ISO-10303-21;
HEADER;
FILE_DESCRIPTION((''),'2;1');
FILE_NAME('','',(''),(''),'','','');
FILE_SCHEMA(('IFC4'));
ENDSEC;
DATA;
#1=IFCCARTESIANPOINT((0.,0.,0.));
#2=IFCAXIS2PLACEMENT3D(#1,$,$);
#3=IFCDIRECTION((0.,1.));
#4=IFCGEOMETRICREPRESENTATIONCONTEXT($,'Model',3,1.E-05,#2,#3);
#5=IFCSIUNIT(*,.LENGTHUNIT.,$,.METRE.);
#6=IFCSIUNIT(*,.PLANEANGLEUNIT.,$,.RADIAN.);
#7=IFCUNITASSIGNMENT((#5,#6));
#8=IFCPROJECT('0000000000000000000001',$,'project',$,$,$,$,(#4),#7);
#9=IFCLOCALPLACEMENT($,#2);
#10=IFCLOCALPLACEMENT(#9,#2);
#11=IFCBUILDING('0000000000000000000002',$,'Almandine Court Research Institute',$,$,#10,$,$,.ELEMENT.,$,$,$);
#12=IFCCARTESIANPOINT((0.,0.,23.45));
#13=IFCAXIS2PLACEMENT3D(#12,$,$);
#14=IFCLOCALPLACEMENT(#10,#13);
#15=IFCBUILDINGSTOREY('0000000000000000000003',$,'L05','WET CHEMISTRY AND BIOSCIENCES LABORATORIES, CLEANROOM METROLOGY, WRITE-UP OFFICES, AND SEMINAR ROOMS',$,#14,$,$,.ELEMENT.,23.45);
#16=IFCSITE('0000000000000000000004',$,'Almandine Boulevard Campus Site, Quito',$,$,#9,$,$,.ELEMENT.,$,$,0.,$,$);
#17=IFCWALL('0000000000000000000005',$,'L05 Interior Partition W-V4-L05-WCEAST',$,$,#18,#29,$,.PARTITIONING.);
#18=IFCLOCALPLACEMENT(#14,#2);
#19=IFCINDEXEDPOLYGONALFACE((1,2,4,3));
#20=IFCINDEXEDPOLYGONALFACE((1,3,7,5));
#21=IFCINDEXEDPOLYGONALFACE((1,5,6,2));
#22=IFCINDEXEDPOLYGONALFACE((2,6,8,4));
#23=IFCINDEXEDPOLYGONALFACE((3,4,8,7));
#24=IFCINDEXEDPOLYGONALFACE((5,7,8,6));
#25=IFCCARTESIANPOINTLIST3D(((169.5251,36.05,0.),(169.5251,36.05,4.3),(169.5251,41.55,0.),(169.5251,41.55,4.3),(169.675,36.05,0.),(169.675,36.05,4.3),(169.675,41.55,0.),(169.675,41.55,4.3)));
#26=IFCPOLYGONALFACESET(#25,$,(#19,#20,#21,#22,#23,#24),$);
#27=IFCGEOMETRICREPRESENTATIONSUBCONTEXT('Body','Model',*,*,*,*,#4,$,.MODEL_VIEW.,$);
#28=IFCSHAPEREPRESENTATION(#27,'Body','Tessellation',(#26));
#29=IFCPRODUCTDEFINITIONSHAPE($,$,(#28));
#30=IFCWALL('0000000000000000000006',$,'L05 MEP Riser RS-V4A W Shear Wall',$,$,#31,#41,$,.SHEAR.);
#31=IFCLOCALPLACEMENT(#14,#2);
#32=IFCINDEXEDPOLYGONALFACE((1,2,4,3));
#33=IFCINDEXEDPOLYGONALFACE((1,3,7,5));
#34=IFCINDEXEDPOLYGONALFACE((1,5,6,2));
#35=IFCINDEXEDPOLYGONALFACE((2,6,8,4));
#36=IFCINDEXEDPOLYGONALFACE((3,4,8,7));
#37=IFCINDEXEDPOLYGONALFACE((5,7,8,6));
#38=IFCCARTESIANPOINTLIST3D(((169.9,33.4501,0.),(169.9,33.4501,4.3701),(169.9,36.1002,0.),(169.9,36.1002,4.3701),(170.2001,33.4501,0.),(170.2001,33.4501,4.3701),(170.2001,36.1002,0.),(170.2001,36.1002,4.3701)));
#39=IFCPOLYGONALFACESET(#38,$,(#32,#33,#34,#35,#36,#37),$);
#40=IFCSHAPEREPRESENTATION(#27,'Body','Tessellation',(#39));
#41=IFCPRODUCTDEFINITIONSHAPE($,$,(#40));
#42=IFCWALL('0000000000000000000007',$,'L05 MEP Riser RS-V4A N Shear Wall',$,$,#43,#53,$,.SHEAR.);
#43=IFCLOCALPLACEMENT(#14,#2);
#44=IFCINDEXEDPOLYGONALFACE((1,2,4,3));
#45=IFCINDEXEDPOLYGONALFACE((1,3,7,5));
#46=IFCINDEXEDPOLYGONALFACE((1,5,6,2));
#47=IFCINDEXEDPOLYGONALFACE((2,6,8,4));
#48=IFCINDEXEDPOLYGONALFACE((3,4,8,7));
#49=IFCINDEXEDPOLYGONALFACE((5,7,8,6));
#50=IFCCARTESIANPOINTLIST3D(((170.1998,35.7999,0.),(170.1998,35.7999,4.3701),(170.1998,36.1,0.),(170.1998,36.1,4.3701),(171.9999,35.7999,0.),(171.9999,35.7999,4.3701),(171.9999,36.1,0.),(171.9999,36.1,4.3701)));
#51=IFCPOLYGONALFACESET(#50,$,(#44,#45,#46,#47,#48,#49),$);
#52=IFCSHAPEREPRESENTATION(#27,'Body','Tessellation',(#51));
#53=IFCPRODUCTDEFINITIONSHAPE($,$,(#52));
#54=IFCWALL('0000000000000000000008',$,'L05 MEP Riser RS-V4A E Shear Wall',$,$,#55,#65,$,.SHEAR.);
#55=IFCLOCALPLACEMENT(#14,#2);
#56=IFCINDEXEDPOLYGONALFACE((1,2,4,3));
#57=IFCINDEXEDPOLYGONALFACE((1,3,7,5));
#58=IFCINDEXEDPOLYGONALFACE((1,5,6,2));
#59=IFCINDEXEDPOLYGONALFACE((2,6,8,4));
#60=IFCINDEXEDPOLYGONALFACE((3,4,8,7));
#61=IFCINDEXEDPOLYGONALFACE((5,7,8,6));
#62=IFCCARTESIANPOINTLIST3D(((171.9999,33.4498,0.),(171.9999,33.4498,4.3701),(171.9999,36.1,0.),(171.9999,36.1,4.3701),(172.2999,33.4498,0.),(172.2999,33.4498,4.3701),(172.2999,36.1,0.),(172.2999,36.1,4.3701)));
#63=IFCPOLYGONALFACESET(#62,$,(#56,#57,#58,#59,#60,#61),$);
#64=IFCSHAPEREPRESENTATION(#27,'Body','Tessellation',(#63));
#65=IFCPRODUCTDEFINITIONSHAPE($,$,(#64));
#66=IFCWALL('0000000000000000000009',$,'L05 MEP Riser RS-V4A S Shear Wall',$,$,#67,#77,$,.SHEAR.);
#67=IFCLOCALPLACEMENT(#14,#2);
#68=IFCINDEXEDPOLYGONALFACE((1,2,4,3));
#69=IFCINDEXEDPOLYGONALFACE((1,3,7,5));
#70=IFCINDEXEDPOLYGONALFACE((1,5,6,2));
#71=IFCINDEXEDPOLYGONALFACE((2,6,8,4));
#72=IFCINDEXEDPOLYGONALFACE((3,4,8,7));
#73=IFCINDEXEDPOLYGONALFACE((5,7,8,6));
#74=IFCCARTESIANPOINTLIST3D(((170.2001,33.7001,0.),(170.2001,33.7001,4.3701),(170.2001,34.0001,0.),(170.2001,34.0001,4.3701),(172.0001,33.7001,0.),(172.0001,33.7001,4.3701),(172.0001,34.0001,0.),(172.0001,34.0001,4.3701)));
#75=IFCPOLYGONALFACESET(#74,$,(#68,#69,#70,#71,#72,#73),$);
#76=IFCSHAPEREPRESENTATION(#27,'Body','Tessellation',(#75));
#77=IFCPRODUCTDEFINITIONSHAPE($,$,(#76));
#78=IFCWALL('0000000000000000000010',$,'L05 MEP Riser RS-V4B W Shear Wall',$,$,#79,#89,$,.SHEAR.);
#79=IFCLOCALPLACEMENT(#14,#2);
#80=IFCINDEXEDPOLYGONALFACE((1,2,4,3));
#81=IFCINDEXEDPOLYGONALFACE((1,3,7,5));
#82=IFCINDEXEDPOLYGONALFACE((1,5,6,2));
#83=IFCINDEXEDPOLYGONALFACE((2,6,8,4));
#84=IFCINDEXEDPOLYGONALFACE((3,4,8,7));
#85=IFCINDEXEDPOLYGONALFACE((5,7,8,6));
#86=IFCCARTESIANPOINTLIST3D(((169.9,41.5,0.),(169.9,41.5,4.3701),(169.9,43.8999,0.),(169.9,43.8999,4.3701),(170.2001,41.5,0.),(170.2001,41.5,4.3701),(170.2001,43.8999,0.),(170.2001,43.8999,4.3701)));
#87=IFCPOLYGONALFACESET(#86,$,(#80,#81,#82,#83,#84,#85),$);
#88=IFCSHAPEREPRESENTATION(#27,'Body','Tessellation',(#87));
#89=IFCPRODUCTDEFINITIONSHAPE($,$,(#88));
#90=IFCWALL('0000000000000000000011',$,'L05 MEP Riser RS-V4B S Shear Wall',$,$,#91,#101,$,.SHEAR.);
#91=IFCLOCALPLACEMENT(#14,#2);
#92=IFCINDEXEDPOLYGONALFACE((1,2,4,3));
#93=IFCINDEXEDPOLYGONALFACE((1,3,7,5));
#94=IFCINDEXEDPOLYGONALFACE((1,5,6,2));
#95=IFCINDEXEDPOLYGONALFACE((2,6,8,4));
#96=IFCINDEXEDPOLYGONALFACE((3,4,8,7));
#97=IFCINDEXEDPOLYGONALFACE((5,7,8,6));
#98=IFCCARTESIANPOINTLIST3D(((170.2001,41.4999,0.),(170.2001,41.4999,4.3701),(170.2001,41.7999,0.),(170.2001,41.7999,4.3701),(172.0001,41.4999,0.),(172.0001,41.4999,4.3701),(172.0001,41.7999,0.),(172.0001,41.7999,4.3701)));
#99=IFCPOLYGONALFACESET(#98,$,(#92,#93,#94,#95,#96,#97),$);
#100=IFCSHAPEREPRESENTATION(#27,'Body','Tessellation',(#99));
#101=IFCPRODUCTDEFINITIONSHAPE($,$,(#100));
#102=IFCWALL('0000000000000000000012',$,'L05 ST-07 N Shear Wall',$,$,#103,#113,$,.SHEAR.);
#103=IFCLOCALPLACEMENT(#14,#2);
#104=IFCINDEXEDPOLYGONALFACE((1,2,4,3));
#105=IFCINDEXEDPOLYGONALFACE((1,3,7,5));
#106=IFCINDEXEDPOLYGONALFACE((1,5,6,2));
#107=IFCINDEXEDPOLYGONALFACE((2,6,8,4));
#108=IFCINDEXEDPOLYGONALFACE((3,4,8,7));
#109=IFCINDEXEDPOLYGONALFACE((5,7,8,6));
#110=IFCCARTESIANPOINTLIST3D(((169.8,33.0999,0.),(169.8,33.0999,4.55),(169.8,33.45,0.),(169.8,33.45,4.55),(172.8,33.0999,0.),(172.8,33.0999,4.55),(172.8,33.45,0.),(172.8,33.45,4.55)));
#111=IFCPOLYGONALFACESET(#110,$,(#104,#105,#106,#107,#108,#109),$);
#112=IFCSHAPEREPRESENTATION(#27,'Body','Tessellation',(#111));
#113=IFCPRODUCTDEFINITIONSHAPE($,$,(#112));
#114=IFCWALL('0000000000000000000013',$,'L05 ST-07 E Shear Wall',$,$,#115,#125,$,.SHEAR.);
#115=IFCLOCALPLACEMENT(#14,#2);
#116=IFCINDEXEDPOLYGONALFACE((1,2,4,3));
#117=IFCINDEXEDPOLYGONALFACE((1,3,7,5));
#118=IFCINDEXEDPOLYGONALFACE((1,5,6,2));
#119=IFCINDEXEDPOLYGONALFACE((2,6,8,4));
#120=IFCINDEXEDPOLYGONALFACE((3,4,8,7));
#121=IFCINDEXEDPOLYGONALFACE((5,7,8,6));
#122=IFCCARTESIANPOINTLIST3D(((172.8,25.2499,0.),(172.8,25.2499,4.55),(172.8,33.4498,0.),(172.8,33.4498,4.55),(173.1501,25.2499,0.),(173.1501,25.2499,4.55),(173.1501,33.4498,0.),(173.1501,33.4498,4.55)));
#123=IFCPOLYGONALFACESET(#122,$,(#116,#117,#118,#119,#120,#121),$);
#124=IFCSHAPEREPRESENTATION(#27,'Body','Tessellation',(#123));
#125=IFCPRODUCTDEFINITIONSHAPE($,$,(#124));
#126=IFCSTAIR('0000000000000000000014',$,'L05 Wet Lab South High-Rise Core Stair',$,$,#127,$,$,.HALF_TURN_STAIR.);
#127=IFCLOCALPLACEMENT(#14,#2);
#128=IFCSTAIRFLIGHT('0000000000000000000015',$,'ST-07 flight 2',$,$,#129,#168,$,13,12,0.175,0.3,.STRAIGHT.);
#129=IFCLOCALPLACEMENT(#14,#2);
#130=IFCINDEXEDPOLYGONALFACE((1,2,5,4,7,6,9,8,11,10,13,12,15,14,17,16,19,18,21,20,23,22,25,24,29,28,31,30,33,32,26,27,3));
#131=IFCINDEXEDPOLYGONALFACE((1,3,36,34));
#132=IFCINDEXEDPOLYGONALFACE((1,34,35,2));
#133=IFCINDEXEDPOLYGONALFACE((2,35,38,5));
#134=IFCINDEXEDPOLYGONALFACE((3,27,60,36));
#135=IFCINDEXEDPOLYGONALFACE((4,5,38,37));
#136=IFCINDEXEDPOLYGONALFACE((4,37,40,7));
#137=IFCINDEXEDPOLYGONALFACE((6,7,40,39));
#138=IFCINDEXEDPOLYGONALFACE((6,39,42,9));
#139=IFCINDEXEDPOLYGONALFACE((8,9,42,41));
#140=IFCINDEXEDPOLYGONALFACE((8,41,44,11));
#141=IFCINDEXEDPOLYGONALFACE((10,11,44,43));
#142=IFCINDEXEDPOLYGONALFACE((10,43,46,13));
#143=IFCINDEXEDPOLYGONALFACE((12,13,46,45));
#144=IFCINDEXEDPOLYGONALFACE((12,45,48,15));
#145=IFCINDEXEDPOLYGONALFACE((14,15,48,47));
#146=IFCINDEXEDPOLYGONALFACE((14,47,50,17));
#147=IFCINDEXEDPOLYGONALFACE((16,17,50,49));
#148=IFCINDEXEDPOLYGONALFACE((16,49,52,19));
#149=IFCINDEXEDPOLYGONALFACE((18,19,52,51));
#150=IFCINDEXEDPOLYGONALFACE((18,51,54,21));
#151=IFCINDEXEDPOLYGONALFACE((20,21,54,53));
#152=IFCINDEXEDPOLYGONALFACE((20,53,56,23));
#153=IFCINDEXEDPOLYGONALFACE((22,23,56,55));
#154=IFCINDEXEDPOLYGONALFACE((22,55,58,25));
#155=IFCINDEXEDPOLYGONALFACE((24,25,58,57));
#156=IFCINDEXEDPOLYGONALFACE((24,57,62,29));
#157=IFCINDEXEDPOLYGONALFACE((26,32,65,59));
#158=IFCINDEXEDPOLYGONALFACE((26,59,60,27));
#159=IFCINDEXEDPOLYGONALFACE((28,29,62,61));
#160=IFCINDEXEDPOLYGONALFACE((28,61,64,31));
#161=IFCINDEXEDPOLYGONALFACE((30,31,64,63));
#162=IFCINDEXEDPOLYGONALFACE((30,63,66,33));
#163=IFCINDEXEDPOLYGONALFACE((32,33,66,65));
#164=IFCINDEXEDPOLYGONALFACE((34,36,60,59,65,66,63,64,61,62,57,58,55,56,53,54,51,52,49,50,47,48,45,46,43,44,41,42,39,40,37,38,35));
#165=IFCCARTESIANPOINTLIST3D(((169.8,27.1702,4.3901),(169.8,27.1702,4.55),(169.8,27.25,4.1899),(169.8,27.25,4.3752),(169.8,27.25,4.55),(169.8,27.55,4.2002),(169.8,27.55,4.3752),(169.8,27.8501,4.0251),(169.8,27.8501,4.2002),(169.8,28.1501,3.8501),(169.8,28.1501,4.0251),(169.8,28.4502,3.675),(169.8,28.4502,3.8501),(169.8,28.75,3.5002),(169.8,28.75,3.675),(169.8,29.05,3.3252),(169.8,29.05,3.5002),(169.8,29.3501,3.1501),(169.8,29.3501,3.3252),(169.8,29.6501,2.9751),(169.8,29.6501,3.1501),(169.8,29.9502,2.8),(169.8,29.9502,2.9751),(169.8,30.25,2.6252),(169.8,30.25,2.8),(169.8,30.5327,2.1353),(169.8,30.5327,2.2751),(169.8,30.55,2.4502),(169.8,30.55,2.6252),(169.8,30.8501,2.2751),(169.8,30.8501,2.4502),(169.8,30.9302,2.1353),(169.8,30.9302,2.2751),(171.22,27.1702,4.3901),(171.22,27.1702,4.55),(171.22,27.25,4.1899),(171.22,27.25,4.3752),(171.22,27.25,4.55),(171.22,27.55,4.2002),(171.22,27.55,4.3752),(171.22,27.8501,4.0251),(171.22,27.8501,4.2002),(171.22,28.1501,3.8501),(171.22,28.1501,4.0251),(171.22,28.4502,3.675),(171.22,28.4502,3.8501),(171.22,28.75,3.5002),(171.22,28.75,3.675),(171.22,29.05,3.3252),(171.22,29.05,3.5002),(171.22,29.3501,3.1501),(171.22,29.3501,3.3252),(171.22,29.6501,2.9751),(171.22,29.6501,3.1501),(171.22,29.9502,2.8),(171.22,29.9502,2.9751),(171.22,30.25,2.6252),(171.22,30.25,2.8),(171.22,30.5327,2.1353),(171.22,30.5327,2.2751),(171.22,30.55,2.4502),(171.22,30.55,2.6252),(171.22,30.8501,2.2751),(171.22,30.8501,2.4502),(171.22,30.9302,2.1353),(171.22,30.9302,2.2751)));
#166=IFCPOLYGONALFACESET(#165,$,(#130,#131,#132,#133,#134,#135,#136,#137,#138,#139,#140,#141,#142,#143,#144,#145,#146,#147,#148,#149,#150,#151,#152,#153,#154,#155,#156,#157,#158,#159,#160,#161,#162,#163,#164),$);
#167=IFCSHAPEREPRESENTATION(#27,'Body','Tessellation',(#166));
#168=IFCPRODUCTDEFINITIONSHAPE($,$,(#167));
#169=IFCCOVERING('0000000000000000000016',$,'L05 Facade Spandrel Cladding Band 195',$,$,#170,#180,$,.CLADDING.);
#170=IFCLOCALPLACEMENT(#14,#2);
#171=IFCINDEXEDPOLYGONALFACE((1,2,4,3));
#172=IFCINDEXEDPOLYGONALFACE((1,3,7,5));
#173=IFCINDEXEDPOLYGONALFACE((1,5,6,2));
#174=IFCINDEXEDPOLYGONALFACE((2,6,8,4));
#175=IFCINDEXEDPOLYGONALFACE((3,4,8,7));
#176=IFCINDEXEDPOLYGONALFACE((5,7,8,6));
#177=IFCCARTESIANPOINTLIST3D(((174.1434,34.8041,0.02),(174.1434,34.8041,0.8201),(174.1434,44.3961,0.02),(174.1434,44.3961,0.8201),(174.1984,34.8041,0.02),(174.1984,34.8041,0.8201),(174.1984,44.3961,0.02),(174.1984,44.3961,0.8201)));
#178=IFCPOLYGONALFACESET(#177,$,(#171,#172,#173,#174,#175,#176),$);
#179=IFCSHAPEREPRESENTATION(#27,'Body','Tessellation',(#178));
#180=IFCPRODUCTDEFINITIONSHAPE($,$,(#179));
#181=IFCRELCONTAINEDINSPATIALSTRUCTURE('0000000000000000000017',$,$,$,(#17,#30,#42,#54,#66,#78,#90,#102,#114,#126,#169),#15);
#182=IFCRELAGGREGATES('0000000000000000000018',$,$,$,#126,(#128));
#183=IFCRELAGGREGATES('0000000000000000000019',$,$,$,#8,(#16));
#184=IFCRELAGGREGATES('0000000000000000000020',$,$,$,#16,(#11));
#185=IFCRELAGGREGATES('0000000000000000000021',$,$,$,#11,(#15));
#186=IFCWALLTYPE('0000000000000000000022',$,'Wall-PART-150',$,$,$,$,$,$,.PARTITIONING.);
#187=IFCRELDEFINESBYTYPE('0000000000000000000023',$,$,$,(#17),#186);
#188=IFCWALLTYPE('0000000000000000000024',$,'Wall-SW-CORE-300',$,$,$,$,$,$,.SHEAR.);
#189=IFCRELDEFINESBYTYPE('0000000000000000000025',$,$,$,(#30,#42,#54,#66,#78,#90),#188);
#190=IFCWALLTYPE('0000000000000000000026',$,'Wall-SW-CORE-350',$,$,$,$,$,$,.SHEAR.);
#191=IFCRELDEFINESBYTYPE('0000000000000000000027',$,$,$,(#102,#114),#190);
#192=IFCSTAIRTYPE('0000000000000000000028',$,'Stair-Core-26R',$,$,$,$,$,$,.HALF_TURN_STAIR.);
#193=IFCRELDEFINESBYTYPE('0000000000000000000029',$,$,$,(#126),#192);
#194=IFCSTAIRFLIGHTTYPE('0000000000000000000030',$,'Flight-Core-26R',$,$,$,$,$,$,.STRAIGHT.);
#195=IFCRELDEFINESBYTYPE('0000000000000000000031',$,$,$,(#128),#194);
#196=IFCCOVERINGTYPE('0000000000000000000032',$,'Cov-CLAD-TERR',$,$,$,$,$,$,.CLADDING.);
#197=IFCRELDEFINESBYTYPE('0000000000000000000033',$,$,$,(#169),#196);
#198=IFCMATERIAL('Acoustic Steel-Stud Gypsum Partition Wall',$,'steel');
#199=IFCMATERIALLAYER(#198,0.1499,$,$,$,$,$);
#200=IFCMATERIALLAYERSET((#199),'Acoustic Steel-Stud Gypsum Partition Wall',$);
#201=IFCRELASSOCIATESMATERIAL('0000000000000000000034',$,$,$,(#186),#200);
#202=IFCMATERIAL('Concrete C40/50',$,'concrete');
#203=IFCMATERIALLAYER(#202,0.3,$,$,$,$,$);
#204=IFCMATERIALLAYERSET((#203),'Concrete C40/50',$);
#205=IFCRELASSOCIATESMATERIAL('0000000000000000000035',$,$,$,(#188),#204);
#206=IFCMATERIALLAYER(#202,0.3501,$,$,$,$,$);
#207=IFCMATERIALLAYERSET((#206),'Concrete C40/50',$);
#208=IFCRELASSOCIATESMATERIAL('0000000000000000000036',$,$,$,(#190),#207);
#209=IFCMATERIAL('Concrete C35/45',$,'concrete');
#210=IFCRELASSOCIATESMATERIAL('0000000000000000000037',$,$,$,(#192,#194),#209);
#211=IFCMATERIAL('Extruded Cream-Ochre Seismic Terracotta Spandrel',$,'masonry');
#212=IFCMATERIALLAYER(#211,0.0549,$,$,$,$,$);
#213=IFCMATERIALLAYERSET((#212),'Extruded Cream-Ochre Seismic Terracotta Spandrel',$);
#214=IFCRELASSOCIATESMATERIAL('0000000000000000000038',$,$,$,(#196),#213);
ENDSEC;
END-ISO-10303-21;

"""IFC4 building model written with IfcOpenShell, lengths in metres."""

from ifc_helpers import new_model, si_unit, direction, frame, frame_2d, origin, origin_2d, place, context, subcontext, project, spatial, polyline, rectangle, outline, extrude, material, layer, layer_set, type_object, element, aggregate, save


model = new_model("IFC4")

# Units and contexts
model_context = context("Model", 3, precision=1e-05, world=origin(), true_north=direction((0.0, 1.0)))
body_context = subcontext(model_context, "Body", "Model", "MODEL_VIEW")
ifc_project = project(units=[si_unit("LENGTHUNIT", "METRE"), si_unit("PLANEANGLEUNIT", "RADIAN")], contexts=[model_context])

# Site, building, storey
site_placement = place(None, origin())
site = spatial("IfcSite", under=ifc_project, at=site_placement, Name="Almandine Boulevard Campus Site, Quito", CompositionType="ELEMENT", RefElevation=0.0)
building_placement = place(site_placement, origin())
building = spatial("IfcBuilding", under=site, at=building_placement, Name="Almandine Court Research Institute", CompositionType="ELEMENT")
storey_placement = place(building_placement, frame((0.0, 0.0, 23.45)))
storey = spatial("IfcBuildingStorey", under=building, at=storey_placement, Name="L05", Description="WET CHEMISTRY AND BIOSCIENCES LABORATORIES, CLEANROOM METROLOGY, WRITE-UP OFFICES, AND SEMINAR ROOMS", CompositionType="ELEMENT", Elevation=23.45)

# Walls
ifc_material_1 = material(Name="Acoustic Steel-Stud Gypsum Partition Wall", Category="steel")
ifc_layer_1 = layer(ifc_material_1, 0.1499)
ifc_layer_set_1 = layer_set([ifc_layer_1], Name="Acoustic Steel-Stud Gypsum Partition Wall")
wall_type_1 = type_object("IfcWallType", Name="Wall-PART-150", PredefinedType="PARTITIONING", material=ifc_layer_set_1)
wall_1_placement = place(storey_placement, frame((169.6001, 36.05, 0.0), z_axis=(0.0, 0.0, 1.0), x_axis=(0.0, 1.0, 0.0)))
element("IfcWall", 1, at=wall_1_placement, inside=storey, type_object=wall_type_1, Name="L05 Interior Partition W-V4-L05-WCEAST", PredefinedType="PARTITIONING", context=body_context, shape_type="SweptSolid", body=[
    extrude(rectangle(XDim=5.5, YDim=0.1499, at=frame_2d((2.75, 0.0))), origin(), (0.0, 0.0, 1.0), 4.3),
])
ifc_material_2 = material(Name="Concrete C40/50", Category="concrete")
ifc_layer_2 = layer(ifc_material_2, 0.3)
ifc_layer_set_2 = layer_set([ifc_layer_2], Name="Concrete C40/50")
wall_type_2 = type_object("IfcWallType", Name="Wall-SW-CORE-300", PredefinedType="SHEAR", material=ifc_layer_set_2)
wall_2_placement = place(storey_placement, frame((170.05, 33.45, 0.0), z_axis=(0.0, 0.0, 1.0), x_axis=(0.0, 1.0, 0.0)))
element("IfcWall", 2, at=wall_2_placement, inside=storey, type_object=wall_type_2, Name="L05 MEP Riser RS-V4A W Shear Wall", PredefinedType="SHEAR", context=body_context, shape_type="SweptSolid", body=[
    extrude(rectangle(XDim=2.6501, YDim=0.3, at=frame_2d((1.3252, 0.0))), origin(), (0.0, 0.0, 1.0), 4.3701),
])
wall_3_placement = place(storey_placement, frame((170.2, 35.95, 0.0), z_axis=(0.0, 0.0, 1.0), x_axis=(1.0, 0.0, 0.0)))
element("IfcWall", 3, at=wall_3_placement, inside=storey, type_object=wall_type_2, Name="L05 MEP Riser RS-V4A N Shear Wall", PredefinedType="SHEAR", context=body_context, shape_type="SweptSolid", body=[
    extrude(rectangle(XDim=1.8, YDim=0.3, at=frame_2d((0.8999, 0.0))), origin(), (0.0, 0.0, 1.0), 4.3701),
])
wall_4_placement = place(storey_placement, frame((172.1499, 36.1001, 0.0), z_axis=(0.0, 0.0, 1.0), x_axis=(0.0, -1.0, 0.0)))
element("IfcWall", 4, at=wall_4_placement, inside=storey, type_object=wall_type_2, Name="L05 MEP Riser RS-V4A E Shear Wall", PredefinedType="SHEAR", context=body_context, shape_type="SweptSolid", body=[
    extrude(rectangle(XDim=2.6501, YDim=0.3, at=frame_2d((1.3252, 0.0))), origin(), (0.0, 0.0, 1.0), 4.3701),
])
wall_5_placement = place(storey_placement, frame((172.0, 33.8501, 0.0), z_axis=(0.0, 0.0, 1.0), x_axis=(-1.0, 0.0, 0.0)))
element("IfcWall", 5, at=wall_5_placement, inside=storey, type_object=wall_type_2, Name="L05 MEP Riser RS-V4A S Shear Wall", PredefinedType="SHEAR", context=body_context, shape_type="SweptSolid", body=[
    extrude(rectangle(XDim=1.8, YDim=0.3, at=frame_2d((0.8999, 0.0))), origin(), (0.0, 0.0, 1.0), 4.3701),
])
wall_6_placement = place(storey_placement, frame((170.05, 41.5, 0.0), z_axis=(0.0, 0.0, 1.0), x_axis=(0.0, 1.0, 0.0)))
element("IfcWall", 6, at=wall_6_placement, inside=storey, type_object=wall_type_2, Name="L05 MEP Riser RS-V4B W Shear Wall", PredefinedType="SHEAR", context=body_context, shape_type="SweptSolid", body=[
    extrude(rectangle(XDim=2.3999, YDim=0.3, at=frame_2d((1.2, 0.0))), origin(), (0.0, 0.0, 1.0), 4.3701),
])
wall_7_placement = place(storey_placement, frame((172.0, 41.6499, 0.0), z_axis=(0.0, 0.0, 1.0), x_axis=(-1.0, 0.0, 0.0)))
element("IfcWall", 7, at=wall_7_placement, inside=storey, type_object=wall_type_2, Name="L05 MEP Riser RS-V4B S Shear Wall", PredefinedType="SHEAR", context=body_context, shape_type="SweptSolid", body=[
    extrude(rectangle(XDim=1.8, YDim=0.3, at=frame_2d((0.8999, 0.0))), origin(), (0.0, 0.0, 1.0), 4.3701),
])
ifc_layer_3 = layer(ifc_material_2, 0.3501)
ifc_layer_set_3 = layer_set([ifc_layer_3], Name="Concrete C40/50")
wall_type_3 = type_object("IfcWallType", Name="Wall-SW-CORE-350", PredefinedType="SHEAR", material=ifc_layer_set_3)
wall_8_placement = place(storey_placement, frame((169.8, 33.2749, 0.0), z_axis=(0.0, 0.0, 1.0), x_axis=(1.0, 0.0, 0.0)))
element("IfcWall", 8, at=wall_8_placement, inside=storey, type_object=wall_type_3, Name="L05 ST-07 N Shear Wall", PredefinedType="SHEAR", context=body_context, shape_type="SweptSolid", body=[
    extrude(rectangle(XDim=3.0, YDim=0.3501, at=frame_2d((1.5, 0.0))), origin(), (0.0, 0.0, 1.0), 4.55),
])
wall_9_placement = place(storey_placement, frame((172.9751, 33.45, 0.0), z_axis=(0.0, 0.0, 1.0), x_axis=(0.0, -1.0, 0.0)))
element("IfcWall", 9, at=wall_9_placement, inside=storey, type_object=wall_type_3, Name="L05 ST-07 E Shear Wall", PredefinedType="SHEAR", context=body_context, shape_type="SweptSolid", body=[
    extrude(rectangle(XDim=8.2, YDim=0.3501, at=frame_2d((4.1001, 0.0))), origin(), (0.0, 0.0, 1.0), 4.55),
])

# Stair, stair flight
ifc_material_3 = material(Name="Concrete C35/45", Category="concrete")
stair_type = type_object("IfcStairType", Name="Stair-Core-26R", PredefinedType="HALF_TURN_STAIR", material=ifc_material_3)
stair_placement = place(storey_placement, origin())
stair = element("IfcStair", 10, at=stair_placement, inside=storey, type_object=stair_type, Name="L05 Wet Lab South High-Rise Core Stair", PredefinedType="HALF_TURN_STAIR")
stair_flight_type = type_object("IfcStairFlightType", Name="Flight-Core-26R", PredefinedType="STRAIGHT", material=ifc_material_3)
stair_flight_placement = place(storey_placement, frame((170.51, 30.8501, 2.2751), z_axis=(0.0, 0.0, 1.0), x_axis=(0.0, -1.0, 0.0)))
stair_flight = element("IfcStairFlight", 11, at=stair_flight_placement, type_object=stair_flight_type, Name="ST-07 flight 2", NumberOfRisers=13, NumberOfTreads=12, PredefinedType="STRAIGHT", RiserHeight=0.175, TreadLength=0.3, context=body_context, shape_type="SweptSolid", body=[
    extrude(outline(polyline([(-0.0801, -0.1399), (-0.0801, 0.0), (0.0, 0.0), (0.0, 0.175), (0.3, 0.175), (0.3, 0.3501), (0.6001, 0.3501), (0.6001, 0.5249), (0.8999, 0.5249), (0.8999, 0.7), (1.2, 0.7), (1.2, 0.875), (1.5, 0.875), (1.5, 1.05), (1.8, 1.05), (1.8, 1.2251), (2.1001, 1.2251), (2.1001, 1.3999), (2.3999, 1.3999), (2.3999, 1.575), (2.7, 1.575), (2.7, 1.75), (3.0, 1.75), (3.0, 1.925), (3.3, 1.925), (3.3, 2.1001), (3.6001, 2.1001), (3.6001, 2.2749), (3.6799, 2.2749), (3.6799, 2.115), (3.6001, 1.9148), (0.3174, 0.0), (0.3174, -0.1399), (-0.0801, -0.1399)])), frame((0.0, 0.71, 0.0), z_axis=(0.0, -1.0, 0.0), x_axis=(1.0, 0.0, 0.0)), (0.0, 0.0, 1.0), 1.4199),
])
aggregate(stair, [stair_flight])

# Covering
ifc_material_4 = material(Name="Extruded Cream-Ochre Seismic Terracotta Spandrel", Category="masonry")
ifc_layer_4 = layer(ifc_material_4, 0.0549)
ifc_layer_set_4 = layer_set([ifc_layer_4], Name="Extruded Cream-Ochre Seismic Terracotta Spandrel")
covering_type = type_object("IfcCoveringType", Name="Cov-CLAD-TERR", PredefinedType="CLADDING", material=ifc_layer_set_4)
covering_placement = place(storey_placement, frame((174.1709, 39.6001, 0.02), z_axis=(0.0, 0.0, 1.0), x_axis=(0.0, -1.0, 0.0)))
element("IfcCovering", 12, at=covering_placement, inside=storey, type_object=covering_type, Name="L05 Facade Spandrel Cladding Band 195", PredefinedType="CLADDING", context=body_context, shape_type="SweptSolid", body=[
    extrude(rectangle(XDim=9.592, YDim=0.0549, at=origin_2d()), origin(), (0.0, 0.0, 1.0), 0.8),
])

save(model, "model.ifc")
